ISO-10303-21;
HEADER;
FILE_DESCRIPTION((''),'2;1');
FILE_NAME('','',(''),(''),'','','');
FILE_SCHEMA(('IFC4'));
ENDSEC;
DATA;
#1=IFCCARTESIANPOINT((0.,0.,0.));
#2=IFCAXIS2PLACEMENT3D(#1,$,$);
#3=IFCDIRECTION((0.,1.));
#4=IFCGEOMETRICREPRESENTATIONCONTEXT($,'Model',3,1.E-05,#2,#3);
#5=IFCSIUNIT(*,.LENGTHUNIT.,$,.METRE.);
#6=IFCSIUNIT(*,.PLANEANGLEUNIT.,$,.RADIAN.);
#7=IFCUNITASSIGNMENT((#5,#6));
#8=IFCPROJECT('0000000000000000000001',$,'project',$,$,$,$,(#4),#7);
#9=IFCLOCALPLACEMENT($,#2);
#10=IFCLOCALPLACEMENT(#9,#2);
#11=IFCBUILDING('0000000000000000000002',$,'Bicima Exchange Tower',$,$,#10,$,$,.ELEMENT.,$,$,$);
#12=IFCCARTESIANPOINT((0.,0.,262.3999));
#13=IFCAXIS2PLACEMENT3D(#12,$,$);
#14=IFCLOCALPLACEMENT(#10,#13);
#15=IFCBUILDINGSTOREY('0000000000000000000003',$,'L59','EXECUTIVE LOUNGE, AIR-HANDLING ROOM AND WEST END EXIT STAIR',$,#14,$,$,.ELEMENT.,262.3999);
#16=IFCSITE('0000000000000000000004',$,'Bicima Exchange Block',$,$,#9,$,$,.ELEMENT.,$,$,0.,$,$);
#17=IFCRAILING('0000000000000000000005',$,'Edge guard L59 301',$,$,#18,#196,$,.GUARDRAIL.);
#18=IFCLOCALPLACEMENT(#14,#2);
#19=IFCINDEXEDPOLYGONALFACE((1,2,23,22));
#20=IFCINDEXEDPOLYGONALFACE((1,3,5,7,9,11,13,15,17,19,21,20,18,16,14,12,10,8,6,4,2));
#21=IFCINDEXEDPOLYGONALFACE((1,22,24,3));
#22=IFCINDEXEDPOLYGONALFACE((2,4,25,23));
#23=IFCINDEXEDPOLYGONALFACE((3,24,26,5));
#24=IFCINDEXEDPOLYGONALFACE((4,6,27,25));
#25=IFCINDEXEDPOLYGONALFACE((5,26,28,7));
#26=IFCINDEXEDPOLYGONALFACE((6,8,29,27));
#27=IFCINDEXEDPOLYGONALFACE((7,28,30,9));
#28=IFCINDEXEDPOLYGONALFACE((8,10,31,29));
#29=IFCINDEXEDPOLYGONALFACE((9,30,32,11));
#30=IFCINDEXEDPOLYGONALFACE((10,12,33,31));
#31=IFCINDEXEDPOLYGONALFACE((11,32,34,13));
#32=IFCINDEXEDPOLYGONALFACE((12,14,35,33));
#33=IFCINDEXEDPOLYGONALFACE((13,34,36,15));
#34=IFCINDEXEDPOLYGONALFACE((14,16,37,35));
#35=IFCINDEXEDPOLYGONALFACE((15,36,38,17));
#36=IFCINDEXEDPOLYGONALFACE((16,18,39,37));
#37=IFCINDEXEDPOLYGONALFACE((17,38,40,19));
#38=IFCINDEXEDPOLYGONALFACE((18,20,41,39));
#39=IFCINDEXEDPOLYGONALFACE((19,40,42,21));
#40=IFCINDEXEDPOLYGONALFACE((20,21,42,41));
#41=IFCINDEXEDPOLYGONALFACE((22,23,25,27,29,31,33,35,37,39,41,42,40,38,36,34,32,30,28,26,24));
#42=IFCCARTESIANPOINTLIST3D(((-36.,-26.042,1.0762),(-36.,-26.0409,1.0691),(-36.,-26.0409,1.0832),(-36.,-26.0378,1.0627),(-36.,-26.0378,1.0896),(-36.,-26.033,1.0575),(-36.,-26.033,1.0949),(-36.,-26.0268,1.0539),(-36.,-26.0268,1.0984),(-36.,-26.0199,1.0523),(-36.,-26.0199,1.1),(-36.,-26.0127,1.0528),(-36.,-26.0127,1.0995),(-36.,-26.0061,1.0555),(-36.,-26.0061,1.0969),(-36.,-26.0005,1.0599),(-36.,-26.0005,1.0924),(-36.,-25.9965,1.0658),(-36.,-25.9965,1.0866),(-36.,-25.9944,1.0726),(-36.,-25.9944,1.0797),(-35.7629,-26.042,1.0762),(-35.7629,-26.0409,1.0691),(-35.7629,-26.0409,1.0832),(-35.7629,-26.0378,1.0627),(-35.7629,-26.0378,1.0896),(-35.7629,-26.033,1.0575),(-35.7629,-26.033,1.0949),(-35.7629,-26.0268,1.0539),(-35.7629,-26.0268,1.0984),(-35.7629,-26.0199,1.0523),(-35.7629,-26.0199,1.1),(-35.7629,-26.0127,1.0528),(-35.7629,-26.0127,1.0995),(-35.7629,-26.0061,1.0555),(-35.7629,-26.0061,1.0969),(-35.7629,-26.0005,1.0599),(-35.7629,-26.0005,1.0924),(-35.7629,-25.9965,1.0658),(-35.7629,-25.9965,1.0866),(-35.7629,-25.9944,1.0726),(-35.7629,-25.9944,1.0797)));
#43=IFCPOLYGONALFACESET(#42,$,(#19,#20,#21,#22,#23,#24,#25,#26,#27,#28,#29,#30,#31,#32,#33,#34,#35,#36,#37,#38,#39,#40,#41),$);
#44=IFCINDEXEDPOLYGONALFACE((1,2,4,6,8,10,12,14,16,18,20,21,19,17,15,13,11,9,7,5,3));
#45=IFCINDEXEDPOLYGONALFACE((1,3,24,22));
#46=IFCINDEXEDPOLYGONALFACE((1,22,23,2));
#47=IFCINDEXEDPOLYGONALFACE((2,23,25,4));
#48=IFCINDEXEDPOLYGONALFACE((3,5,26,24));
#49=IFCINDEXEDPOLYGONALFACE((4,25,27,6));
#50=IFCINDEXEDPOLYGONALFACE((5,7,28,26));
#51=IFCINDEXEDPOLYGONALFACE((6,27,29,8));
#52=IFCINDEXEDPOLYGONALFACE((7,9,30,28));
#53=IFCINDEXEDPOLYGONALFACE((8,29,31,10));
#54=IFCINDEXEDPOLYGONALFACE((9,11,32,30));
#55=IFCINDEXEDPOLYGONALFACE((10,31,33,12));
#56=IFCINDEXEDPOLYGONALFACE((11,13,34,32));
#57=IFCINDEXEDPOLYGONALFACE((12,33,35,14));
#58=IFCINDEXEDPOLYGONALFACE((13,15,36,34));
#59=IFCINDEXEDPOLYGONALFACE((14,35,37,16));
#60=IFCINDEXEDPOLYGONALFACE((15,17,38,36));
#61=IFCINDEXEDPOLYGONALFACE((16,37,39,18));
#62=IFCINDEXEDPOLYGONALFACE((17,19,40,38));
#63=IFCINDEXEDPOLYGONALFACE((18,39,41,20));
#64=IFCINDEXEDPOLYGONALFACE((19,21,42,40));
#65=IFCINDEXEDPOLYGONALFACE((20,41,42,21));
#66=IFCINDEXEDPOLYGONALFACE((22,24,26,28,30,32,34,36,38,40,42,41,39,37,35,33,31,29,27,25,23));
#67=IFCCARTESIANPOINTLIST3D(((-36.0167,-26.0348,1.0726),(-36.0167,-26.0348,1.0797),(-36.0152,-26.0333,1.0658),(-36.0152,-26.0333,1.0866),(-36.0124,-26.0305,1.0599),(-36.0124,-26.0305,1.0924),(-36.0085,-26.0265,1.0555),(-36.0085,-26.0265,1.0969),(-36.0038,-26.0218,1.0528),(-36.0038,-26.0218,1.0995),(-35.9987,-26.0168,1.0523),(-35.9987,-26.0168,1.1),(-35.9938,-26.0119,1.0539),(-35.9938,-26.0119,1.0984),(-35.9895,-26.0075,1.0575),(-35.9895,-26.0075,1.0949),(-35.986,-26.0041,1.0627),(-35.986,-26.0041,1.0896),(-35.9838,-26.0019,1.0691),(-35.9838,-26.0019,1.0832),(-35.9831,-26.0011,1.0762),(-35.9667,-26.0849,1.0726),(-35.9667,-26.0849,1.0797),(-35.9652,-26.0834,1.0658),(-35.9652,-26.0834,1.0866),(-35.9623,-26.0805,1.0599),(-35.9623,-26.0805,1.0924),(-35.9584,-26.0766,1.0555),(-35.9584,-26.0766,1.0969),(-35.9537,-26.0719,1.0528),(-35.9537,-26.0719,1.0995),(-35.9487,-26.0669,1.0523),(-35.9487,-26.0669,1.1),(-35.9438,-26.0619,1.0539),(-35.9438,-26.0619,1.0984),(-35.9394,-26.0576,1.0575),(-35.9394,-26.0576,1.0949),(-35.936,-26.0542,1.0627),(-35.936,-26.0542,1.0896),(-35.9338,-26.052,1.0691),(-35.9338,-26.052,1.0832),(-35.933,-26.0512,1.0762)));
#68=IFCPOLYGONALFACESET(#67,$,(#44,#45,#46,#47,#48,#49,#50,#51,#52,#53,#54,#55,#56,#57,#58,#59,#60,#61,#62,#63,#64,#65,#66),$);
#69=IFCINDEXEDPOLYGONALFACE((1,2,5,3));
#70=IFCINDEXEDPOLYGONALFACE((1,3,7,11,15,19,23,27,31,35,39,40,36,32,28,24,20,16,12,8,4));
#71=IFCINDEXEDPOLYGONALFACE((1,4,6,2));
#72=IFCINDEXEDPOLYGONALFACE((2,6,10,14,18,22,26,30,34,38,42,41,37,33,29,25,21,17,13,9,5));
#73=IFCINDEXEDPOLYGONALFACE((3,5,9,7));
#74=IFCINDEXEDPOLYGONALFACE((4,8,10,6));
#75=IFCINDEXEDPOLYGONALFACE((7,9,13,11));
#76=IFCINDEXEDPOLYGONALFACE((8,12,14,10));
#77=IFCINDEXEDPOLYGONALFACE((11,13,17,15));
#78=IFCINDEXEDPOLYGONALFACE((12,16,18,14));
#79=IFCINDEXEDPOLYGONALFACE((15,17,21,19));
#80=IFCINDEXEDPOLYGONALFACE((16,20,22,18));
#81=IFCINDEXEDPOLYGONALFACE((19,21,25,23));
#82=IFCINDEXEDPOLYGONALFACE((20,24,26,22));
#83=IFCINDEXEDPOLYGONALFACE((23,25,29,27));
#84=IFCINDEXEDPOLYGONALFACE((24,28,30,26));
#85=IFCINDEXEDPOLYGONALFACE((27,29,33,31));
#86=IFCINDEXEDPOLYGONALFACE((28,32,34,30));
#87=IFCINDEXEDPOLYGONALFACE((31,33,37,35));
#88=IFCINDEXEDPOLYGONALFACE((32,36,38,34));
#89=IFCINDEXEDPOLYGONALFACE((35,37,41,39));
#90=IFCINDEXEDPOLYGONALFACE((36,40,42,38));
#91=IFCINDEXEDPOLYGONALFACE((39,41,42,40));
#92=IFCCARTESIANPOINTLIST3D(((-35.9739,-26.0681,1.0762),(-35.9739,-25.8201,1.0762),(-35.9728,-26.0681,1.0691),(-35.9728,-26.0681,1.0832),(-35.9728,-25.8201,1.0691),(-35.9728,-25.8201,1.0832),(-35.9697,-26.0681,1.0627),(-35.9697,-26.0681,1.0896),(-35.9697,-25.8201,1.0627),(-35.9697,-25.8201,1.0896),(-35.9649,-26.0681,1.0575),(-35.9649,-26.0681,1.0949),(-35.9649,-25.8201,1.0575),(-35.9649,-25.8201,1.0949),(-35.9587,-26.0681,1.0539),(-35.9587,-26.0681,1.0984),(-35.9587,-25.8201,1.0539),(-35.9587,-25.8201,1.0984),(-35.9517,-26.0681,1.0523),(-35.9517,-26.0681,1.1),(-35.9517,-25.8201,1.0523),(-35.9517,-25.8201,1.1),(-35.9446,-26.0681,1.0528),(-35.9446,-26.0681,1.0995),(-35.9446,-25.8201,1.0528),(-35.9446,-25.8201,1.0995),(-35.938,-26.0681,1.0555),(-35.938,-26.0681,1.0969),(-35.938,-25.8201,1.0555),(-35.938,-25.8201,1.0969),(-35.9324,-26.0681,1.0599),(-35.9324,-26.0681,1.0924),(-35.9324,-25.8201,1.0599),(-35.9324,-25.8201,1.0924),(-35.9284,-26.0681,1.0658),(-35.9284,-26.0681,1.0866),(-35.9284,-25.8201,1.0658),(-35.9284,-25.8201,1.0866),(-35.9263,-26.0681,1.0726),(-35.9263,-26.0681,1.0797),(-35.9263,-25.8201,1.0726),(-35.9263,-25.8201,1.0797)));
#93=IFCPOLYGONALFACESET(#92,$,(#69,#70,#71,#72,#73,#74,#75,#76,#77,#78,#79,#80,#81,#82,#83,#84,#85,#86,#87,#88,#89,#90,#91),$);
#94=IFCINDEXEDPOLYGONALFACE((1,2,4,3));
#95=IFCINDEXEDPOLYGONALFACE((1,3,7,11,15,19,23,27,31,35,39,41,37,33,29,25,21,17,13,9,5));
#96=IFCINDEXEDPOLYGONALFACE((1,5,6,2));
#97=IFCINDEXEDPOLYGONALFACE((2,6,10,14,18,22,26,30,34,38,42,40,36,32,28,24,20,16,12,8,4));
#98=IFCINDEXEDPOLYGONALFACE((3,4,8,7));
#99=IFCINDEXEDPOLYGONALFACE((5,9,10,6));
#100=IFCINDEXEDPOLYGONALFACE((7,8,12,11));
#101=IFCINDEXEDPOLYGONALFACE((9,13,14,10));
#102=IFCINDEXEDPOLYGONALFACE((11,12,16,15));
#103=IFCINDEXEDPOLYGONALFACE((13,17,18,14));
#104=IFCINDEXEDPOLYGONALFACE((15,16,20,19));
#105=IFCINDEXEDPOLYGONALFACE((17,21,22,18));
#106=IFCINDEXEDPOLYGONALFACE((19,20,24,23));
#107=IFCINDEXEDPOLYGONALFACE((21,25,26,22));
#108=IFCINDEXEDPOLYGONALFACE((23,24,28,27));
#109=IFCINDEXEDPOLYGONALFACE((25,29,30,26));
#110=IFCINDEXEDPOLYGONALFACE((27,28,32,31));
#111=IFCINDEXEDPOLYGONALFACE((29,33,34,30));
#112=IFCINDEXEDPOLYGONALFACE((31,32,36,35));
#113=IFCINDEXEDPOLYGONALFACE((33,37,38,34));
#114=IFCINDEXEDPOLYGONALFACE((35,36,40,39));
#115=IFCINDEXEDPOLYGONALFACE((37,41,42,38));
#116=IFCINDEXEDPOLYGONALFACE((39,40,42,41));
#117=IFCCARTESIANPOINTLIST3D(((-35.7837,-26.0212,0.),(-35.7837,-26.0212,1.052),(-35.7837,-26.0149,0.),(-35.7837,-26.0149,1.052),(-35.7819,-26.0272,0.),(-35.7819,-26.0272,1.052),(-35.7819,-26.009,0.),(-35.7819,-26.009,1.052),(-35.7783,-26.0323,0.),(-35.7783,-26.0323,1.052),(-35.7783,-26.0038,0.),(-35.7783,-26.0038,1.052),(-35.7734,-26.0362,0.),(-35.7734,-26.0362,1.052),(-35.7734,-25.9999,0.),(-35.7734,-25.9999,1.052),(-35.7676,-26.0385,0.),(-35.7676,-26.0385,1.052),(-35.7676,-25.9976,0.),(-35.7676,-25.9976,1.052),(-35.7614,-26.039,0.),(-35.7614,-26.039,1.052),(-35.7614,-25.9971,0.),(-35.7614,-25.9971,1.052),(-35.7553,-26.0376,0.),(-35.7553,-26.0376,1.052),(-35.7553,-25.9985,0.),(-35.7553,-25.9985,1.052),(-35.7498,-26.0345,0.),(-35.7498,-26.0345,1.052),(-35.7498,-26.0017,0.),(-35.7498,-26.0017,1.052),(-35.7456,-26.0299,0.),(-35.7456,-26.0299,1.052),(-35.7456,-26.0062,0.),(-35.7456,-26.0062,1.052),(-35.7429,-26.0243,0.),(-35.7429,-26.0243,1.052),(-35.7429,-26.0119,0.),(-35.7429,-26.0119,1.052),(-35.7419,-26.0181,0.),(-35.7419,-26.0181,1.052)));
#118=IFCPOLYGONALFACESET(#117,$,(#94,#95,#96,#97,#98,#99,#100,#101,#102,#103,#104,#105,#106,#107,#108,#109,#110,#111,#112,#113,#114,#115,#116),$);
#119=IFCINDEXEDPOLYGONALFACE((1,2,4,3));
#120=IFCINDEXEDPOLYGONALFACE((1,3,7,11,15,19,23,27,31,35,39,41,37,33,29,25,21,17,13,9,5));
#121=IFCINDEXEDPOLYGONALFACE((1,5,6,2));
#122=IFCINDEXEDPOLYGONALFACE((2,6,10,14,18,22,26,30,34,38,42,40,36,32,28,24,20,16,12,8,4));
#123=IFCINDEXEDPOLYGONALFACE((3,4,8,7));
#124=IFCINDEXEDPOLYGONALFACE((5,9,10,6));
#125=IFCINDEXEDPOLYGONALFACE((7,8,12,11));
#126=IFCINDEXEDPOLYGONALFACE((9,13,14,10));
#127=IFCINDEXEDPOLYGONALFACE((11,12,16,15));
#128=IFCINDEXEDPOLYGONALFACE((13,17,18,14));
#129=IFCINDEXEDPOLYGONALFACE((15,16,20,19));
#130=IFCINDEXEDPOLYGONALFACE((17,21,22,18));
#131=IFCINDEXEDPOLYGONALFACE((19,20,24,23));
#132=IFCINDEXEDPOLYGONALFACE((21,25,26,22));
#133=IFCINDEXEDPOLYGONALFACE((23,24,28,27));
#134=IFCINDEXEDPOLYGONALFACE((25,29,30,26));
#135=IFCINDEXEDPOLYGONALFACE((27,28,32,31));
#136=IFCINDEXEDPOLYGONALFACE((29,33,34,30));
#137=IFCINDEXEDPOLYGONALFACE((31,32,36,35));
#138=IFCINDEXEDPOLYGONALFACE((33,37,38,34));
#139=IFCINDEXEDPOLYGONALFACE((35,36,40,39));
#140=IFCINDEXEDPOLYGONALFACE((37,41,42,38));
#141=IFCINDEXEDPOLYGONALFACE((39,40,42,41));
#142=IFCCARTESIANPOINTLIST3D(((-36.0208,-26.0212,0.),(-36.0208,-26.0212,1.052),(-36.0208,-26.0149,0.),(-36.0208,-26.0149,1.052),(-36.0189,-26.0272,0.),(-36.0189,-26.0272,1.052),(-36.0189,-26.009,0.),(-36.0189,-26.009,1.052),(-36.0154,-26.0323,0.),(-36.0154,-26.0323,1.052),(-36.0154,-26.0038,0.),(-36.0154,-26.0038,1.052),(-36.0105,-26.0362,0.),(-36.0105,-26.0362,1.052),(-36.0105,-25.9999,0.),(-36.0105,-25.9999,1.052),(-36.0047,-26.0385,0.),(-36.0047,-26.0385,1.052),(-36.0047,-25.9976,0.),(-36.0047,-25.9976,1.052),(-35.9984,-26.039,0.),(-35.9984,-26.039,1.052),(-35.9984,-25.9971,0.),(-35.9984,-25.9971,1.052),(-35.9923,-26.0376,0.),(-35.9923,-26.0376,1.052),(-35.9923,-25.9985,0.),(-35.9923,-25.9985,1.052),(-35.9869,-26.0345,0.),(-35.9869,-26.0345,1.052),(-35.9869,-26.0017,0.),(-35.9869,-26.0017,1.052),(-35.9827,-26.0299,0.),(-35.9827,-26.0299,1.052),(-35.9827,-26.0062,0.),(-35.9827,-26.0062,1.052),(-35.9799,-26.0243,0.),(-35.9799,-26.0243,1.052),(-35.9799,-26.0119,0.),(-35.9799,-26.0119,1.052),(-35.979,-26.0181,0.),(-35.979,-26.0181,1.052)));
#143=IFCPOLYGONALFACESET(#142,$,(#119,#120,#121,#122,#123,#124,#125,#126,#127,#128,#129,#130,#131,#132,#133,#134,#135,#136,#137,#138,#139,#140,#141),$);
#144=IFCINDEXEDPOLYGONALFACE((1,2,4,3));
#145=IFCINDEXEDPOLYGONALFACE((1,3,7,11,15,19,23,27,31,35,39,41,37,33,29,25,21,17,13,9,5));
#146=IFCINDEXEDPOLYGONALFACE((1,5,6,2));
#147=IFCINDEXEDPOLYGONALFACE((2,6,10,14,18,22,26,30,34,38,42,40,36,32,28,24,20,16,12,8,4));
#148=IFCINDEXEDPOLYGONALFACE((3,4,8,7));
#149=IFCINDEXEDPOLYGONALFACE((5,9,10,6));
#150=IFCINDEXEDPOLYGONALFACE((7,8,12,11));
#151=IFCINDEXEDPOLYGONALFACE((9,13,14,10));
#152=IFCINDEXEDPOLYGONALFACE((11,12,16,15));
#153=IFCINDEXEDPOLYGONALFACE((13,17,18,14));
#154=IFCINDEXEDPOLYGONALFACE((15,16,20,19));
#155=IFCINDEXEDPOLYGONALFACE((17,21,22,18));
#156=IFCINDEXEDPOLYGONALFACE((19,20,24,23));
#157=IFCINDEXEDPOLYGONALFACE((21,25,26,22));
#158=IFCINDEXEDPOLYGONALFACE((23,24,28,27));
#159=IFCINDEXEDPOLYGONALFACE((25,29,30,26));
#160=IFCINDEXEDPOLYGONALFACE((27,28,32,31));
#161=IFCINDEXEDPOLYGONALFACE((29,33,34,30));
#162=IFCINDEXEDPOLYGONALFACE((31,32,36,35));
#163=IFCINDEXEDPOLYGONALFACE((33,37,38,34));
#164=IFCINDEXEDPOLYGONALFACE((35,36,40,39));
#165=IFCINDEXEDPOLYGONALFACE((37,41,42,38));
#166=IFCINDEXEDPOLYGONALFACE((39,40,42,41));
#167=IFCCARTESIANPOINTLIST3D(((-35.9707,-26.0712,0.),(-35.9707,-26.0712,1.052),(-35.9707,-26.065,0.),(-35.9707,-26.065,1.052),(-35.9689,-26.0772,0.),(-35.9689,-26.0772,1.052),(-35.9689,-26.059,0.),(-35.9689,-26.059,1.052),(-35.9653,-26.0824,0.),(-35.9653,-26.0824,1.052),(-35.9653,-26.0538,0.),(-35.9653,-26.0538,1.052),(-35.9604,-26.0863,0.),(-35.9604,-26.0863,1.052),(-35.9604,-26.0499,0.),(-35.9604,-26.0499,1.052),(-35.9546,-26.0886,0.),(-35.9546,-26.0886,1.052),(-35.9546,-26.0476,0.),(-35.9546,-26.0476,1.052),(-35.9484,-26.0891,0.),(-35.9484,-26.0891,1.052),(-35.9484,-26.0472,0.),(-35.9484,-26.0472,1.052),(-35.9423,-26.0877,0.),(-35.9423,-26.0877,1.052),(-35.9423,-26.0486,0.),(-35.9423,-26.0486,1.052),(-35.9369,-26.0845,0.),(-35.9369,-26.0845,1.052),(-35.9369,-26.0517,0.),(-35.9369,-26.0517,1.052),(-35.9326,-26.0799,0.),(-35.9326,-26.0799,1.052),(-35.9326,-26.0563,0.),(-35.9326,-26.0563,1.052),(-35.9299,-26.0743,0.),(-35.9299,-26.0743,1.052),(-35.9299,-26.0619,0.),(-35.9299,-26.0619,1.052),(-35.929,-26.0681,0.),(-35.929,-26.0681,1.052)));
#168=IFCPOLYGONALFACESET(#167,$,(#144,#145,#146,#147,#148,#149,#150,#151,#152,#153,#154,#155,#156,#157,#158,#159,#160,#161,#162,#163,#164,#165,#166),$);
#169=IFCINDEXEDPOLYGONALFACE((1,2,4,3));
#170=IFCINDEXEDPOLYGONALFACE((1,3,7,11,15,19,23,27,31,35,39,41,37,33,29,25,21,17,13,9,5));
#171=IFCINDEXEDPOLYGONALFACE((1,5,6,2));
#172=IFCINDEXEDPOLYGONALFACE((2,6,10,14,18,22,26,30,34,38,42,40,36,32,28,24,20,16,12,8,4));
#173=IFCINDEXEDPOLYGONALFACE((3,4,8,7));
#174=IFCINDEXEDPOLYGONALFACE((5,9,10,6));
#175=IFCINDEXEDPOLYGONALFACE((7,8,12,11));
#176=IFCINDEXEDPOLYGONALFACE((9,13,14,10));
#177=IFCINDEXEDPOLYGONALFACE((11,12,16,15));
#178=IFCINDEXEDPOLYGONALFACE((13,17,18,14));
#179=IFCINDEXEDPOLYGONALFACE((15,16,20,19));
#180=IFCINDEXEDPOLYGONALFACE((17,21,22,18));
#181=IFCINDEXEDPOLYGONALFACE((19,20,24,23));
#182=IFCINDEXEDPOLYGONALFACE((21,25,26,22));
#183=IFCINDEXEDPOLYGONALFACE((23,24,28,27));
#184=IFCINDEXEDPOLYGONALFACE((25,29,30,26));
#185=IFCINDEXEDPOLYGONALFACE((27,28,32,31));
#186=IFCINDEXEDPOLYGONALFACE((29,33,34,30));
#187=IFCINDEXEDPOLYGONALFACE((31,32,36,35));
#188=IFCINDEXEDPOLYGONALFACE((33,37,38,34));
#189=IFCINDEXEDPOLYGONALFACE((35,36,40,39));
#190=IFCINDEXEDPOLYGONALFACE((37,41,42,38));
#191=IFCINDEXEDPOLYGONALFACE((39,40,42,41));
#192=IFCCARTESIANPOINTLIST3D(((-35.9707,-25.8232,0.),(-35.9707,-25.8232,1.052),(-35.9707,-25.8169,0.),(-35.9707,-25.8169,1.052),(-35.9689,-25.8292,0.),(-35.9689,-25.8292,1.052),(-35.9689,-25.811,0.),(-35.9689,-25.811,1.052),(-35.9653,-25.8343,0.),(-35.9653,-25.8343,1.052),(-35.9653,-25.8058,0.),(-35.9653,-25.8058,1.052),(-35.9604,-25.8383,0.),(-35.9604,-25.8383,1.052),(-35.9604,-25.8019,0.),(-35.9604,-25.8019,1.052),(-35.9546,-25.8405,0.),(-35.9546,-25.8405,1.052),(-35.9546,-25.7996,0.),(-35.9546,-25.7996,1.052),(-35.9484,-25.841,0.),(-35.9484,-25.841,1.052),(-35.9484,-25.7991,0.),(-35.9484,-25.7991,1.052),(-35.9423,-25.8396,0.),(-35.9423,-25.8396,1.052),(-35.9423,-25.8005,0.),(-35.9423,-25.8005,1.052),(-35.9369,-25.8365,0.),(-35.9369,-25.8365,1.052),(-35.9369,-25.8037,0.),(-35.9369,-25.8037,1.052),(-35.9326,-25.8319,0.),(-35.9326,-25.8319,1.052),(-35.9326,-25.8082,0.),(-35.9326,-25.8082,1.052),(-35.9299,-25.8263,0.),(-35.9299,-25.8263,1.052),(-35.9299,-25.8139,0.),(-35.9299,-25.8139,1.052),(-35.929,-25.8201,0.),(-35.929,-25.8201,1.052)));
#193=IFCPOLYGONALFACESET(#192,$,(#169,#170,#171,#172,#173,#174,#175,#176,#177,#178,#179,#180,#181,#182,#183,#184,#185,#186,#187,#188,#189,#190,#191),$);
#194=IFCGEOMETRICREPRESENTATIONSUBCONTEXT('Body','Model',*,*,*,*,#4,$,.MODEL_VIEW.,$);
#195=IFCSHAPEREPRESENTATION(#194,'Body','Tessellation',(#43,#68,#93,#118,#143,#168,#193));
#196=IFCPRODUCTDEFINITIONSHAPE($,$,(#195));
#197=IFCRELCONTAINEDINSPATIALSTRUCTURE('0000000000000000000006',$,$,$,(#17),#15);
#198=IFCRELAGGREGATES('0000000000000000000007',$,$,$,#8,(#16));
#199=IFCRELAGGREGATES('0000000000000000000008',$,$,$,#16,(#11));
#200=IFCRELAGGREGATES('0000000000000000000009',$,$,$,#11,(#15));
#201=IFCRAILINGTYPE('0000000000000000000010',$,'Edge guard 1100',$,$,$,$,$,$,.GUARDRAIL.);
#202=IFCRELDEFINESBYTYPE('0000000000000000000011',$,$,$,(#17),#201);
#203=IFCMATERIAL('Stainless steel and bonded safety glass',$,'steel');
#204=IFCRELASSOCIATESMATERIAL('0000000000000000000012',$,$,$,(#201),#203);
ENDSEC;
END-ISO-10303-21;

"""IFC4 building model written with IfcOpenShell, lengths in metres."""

from ifc_helpers import new_model, si_unit, direction, frame, origin, origin_2d, place, context, subcontext, project, spatial, circle, extrude, material, type_object, element, save


model = new_model("IFC4")

# Units and contexts
model_context = context("Model", 3, precision=1e-05, world=origin(), true_north=direction((0.0, 1.0)))
body_context = subcontext(model_context, "Body", "Model", "MODEL_VIEW")
ifc_project = project(units=[si_unit("LENGTHUNIT", "METRE"), si_unit("PLANEANGLEUNIT", "RADIAN")], contexts=[model_context])

# Site, building, storey
site_placement = place(None, origin())
site = spatial("IfcSite", under=ifc_project, at=site_placement, Name="Bicima Exchange Block", CompositionType="ELEMENT", RefElevation=0.0)
building_placement = place(site_placement, origin())
building = spatial("IfcBuilding", under=site, at=building_placement, Name="Bicima Exchange Tower", CompositionType="ELEMENT")
storey_placement = place(building_placement, frame((0.0, 0.0, 262.3999)))
storey = spatial("IfcBuildingStorey", under=building, at=storey_placement, Name="L59", Description="EXECUTIVE LOUNGE, AIR-HANDLING ROOM AND WEST END EXIT STAIR", CompositionType="ELEMENT", Elevation=262.3999)

# Railing
ifc_material_1 = material(Name="Stainless steel and bonded safety glass", Category="steel")
railing_type = type_object("IfcRailingType", Name="Edge guard 1100", PredefinedType="GUARDRAIL", material=ifc_material_1)
railing_1_placement = place(storey_placement, frame((-35.7629, -26.0181, 0.0)))
element("IfcRailing", 1, at=railing_1_placement, inside=storey, type_object=railing_type, Name="Edge guard L59 301", PredefinedType="GUARDRAIL", context=body_context, shape_type="SweptSolid", body=[
    extrude(circle(Radius=0.0239, at=origin_2d()), frame((0.0, 0.0, 1.0762), z_axis=(-1.0, 0.0, 0.0), x_axis=(0.0, -1.0, 0.0)), (0.0, 0.0, 1.0), 0.2371),
    extrude(circle(Radius=0.0239, at=origin_2d()), frame((-0.2371, 0.0, 1.0762), z_axis=(0.707107, -0.707107, 0.0), x_axis=(0.707107, 0.707107, 0.0)), (0.0, 0.0, 1.0), 0.0708),
    extrude(circle(Radius=0.0239, at=origin_2d()), frame((-0.187, -0.05, 1.0762), z_axis=(0.0, 1.0, 0.0), x_axis=(-1.0, 0.0, 0.0)), (0.0, 0.0, 1.0), 0.248),
    extrude(circle(Radius=0.021, at=origin_2d()), origin(), (0.0, 0.0, 1.0), 1.052),
    extrude(circle(Radius=0.021, at=origin_2d()), frame((-0.2371, 0.0, 0.0)), (0.0, 0.0, 1.0), 1.052),
    extrude(circle(Radius=0.021, at=origin_2d()), frame((-0.187, -0.05, 0.0)), (0.0, 0.0, 1.0), 1.052),
    extrude(circle(Radius=0.021, at=origin_2d()), frame((-0.187, 0.198, 0.0)), (0.0, 0.0, 1.0), 1.052),
])

save(model, "model.ifc")
